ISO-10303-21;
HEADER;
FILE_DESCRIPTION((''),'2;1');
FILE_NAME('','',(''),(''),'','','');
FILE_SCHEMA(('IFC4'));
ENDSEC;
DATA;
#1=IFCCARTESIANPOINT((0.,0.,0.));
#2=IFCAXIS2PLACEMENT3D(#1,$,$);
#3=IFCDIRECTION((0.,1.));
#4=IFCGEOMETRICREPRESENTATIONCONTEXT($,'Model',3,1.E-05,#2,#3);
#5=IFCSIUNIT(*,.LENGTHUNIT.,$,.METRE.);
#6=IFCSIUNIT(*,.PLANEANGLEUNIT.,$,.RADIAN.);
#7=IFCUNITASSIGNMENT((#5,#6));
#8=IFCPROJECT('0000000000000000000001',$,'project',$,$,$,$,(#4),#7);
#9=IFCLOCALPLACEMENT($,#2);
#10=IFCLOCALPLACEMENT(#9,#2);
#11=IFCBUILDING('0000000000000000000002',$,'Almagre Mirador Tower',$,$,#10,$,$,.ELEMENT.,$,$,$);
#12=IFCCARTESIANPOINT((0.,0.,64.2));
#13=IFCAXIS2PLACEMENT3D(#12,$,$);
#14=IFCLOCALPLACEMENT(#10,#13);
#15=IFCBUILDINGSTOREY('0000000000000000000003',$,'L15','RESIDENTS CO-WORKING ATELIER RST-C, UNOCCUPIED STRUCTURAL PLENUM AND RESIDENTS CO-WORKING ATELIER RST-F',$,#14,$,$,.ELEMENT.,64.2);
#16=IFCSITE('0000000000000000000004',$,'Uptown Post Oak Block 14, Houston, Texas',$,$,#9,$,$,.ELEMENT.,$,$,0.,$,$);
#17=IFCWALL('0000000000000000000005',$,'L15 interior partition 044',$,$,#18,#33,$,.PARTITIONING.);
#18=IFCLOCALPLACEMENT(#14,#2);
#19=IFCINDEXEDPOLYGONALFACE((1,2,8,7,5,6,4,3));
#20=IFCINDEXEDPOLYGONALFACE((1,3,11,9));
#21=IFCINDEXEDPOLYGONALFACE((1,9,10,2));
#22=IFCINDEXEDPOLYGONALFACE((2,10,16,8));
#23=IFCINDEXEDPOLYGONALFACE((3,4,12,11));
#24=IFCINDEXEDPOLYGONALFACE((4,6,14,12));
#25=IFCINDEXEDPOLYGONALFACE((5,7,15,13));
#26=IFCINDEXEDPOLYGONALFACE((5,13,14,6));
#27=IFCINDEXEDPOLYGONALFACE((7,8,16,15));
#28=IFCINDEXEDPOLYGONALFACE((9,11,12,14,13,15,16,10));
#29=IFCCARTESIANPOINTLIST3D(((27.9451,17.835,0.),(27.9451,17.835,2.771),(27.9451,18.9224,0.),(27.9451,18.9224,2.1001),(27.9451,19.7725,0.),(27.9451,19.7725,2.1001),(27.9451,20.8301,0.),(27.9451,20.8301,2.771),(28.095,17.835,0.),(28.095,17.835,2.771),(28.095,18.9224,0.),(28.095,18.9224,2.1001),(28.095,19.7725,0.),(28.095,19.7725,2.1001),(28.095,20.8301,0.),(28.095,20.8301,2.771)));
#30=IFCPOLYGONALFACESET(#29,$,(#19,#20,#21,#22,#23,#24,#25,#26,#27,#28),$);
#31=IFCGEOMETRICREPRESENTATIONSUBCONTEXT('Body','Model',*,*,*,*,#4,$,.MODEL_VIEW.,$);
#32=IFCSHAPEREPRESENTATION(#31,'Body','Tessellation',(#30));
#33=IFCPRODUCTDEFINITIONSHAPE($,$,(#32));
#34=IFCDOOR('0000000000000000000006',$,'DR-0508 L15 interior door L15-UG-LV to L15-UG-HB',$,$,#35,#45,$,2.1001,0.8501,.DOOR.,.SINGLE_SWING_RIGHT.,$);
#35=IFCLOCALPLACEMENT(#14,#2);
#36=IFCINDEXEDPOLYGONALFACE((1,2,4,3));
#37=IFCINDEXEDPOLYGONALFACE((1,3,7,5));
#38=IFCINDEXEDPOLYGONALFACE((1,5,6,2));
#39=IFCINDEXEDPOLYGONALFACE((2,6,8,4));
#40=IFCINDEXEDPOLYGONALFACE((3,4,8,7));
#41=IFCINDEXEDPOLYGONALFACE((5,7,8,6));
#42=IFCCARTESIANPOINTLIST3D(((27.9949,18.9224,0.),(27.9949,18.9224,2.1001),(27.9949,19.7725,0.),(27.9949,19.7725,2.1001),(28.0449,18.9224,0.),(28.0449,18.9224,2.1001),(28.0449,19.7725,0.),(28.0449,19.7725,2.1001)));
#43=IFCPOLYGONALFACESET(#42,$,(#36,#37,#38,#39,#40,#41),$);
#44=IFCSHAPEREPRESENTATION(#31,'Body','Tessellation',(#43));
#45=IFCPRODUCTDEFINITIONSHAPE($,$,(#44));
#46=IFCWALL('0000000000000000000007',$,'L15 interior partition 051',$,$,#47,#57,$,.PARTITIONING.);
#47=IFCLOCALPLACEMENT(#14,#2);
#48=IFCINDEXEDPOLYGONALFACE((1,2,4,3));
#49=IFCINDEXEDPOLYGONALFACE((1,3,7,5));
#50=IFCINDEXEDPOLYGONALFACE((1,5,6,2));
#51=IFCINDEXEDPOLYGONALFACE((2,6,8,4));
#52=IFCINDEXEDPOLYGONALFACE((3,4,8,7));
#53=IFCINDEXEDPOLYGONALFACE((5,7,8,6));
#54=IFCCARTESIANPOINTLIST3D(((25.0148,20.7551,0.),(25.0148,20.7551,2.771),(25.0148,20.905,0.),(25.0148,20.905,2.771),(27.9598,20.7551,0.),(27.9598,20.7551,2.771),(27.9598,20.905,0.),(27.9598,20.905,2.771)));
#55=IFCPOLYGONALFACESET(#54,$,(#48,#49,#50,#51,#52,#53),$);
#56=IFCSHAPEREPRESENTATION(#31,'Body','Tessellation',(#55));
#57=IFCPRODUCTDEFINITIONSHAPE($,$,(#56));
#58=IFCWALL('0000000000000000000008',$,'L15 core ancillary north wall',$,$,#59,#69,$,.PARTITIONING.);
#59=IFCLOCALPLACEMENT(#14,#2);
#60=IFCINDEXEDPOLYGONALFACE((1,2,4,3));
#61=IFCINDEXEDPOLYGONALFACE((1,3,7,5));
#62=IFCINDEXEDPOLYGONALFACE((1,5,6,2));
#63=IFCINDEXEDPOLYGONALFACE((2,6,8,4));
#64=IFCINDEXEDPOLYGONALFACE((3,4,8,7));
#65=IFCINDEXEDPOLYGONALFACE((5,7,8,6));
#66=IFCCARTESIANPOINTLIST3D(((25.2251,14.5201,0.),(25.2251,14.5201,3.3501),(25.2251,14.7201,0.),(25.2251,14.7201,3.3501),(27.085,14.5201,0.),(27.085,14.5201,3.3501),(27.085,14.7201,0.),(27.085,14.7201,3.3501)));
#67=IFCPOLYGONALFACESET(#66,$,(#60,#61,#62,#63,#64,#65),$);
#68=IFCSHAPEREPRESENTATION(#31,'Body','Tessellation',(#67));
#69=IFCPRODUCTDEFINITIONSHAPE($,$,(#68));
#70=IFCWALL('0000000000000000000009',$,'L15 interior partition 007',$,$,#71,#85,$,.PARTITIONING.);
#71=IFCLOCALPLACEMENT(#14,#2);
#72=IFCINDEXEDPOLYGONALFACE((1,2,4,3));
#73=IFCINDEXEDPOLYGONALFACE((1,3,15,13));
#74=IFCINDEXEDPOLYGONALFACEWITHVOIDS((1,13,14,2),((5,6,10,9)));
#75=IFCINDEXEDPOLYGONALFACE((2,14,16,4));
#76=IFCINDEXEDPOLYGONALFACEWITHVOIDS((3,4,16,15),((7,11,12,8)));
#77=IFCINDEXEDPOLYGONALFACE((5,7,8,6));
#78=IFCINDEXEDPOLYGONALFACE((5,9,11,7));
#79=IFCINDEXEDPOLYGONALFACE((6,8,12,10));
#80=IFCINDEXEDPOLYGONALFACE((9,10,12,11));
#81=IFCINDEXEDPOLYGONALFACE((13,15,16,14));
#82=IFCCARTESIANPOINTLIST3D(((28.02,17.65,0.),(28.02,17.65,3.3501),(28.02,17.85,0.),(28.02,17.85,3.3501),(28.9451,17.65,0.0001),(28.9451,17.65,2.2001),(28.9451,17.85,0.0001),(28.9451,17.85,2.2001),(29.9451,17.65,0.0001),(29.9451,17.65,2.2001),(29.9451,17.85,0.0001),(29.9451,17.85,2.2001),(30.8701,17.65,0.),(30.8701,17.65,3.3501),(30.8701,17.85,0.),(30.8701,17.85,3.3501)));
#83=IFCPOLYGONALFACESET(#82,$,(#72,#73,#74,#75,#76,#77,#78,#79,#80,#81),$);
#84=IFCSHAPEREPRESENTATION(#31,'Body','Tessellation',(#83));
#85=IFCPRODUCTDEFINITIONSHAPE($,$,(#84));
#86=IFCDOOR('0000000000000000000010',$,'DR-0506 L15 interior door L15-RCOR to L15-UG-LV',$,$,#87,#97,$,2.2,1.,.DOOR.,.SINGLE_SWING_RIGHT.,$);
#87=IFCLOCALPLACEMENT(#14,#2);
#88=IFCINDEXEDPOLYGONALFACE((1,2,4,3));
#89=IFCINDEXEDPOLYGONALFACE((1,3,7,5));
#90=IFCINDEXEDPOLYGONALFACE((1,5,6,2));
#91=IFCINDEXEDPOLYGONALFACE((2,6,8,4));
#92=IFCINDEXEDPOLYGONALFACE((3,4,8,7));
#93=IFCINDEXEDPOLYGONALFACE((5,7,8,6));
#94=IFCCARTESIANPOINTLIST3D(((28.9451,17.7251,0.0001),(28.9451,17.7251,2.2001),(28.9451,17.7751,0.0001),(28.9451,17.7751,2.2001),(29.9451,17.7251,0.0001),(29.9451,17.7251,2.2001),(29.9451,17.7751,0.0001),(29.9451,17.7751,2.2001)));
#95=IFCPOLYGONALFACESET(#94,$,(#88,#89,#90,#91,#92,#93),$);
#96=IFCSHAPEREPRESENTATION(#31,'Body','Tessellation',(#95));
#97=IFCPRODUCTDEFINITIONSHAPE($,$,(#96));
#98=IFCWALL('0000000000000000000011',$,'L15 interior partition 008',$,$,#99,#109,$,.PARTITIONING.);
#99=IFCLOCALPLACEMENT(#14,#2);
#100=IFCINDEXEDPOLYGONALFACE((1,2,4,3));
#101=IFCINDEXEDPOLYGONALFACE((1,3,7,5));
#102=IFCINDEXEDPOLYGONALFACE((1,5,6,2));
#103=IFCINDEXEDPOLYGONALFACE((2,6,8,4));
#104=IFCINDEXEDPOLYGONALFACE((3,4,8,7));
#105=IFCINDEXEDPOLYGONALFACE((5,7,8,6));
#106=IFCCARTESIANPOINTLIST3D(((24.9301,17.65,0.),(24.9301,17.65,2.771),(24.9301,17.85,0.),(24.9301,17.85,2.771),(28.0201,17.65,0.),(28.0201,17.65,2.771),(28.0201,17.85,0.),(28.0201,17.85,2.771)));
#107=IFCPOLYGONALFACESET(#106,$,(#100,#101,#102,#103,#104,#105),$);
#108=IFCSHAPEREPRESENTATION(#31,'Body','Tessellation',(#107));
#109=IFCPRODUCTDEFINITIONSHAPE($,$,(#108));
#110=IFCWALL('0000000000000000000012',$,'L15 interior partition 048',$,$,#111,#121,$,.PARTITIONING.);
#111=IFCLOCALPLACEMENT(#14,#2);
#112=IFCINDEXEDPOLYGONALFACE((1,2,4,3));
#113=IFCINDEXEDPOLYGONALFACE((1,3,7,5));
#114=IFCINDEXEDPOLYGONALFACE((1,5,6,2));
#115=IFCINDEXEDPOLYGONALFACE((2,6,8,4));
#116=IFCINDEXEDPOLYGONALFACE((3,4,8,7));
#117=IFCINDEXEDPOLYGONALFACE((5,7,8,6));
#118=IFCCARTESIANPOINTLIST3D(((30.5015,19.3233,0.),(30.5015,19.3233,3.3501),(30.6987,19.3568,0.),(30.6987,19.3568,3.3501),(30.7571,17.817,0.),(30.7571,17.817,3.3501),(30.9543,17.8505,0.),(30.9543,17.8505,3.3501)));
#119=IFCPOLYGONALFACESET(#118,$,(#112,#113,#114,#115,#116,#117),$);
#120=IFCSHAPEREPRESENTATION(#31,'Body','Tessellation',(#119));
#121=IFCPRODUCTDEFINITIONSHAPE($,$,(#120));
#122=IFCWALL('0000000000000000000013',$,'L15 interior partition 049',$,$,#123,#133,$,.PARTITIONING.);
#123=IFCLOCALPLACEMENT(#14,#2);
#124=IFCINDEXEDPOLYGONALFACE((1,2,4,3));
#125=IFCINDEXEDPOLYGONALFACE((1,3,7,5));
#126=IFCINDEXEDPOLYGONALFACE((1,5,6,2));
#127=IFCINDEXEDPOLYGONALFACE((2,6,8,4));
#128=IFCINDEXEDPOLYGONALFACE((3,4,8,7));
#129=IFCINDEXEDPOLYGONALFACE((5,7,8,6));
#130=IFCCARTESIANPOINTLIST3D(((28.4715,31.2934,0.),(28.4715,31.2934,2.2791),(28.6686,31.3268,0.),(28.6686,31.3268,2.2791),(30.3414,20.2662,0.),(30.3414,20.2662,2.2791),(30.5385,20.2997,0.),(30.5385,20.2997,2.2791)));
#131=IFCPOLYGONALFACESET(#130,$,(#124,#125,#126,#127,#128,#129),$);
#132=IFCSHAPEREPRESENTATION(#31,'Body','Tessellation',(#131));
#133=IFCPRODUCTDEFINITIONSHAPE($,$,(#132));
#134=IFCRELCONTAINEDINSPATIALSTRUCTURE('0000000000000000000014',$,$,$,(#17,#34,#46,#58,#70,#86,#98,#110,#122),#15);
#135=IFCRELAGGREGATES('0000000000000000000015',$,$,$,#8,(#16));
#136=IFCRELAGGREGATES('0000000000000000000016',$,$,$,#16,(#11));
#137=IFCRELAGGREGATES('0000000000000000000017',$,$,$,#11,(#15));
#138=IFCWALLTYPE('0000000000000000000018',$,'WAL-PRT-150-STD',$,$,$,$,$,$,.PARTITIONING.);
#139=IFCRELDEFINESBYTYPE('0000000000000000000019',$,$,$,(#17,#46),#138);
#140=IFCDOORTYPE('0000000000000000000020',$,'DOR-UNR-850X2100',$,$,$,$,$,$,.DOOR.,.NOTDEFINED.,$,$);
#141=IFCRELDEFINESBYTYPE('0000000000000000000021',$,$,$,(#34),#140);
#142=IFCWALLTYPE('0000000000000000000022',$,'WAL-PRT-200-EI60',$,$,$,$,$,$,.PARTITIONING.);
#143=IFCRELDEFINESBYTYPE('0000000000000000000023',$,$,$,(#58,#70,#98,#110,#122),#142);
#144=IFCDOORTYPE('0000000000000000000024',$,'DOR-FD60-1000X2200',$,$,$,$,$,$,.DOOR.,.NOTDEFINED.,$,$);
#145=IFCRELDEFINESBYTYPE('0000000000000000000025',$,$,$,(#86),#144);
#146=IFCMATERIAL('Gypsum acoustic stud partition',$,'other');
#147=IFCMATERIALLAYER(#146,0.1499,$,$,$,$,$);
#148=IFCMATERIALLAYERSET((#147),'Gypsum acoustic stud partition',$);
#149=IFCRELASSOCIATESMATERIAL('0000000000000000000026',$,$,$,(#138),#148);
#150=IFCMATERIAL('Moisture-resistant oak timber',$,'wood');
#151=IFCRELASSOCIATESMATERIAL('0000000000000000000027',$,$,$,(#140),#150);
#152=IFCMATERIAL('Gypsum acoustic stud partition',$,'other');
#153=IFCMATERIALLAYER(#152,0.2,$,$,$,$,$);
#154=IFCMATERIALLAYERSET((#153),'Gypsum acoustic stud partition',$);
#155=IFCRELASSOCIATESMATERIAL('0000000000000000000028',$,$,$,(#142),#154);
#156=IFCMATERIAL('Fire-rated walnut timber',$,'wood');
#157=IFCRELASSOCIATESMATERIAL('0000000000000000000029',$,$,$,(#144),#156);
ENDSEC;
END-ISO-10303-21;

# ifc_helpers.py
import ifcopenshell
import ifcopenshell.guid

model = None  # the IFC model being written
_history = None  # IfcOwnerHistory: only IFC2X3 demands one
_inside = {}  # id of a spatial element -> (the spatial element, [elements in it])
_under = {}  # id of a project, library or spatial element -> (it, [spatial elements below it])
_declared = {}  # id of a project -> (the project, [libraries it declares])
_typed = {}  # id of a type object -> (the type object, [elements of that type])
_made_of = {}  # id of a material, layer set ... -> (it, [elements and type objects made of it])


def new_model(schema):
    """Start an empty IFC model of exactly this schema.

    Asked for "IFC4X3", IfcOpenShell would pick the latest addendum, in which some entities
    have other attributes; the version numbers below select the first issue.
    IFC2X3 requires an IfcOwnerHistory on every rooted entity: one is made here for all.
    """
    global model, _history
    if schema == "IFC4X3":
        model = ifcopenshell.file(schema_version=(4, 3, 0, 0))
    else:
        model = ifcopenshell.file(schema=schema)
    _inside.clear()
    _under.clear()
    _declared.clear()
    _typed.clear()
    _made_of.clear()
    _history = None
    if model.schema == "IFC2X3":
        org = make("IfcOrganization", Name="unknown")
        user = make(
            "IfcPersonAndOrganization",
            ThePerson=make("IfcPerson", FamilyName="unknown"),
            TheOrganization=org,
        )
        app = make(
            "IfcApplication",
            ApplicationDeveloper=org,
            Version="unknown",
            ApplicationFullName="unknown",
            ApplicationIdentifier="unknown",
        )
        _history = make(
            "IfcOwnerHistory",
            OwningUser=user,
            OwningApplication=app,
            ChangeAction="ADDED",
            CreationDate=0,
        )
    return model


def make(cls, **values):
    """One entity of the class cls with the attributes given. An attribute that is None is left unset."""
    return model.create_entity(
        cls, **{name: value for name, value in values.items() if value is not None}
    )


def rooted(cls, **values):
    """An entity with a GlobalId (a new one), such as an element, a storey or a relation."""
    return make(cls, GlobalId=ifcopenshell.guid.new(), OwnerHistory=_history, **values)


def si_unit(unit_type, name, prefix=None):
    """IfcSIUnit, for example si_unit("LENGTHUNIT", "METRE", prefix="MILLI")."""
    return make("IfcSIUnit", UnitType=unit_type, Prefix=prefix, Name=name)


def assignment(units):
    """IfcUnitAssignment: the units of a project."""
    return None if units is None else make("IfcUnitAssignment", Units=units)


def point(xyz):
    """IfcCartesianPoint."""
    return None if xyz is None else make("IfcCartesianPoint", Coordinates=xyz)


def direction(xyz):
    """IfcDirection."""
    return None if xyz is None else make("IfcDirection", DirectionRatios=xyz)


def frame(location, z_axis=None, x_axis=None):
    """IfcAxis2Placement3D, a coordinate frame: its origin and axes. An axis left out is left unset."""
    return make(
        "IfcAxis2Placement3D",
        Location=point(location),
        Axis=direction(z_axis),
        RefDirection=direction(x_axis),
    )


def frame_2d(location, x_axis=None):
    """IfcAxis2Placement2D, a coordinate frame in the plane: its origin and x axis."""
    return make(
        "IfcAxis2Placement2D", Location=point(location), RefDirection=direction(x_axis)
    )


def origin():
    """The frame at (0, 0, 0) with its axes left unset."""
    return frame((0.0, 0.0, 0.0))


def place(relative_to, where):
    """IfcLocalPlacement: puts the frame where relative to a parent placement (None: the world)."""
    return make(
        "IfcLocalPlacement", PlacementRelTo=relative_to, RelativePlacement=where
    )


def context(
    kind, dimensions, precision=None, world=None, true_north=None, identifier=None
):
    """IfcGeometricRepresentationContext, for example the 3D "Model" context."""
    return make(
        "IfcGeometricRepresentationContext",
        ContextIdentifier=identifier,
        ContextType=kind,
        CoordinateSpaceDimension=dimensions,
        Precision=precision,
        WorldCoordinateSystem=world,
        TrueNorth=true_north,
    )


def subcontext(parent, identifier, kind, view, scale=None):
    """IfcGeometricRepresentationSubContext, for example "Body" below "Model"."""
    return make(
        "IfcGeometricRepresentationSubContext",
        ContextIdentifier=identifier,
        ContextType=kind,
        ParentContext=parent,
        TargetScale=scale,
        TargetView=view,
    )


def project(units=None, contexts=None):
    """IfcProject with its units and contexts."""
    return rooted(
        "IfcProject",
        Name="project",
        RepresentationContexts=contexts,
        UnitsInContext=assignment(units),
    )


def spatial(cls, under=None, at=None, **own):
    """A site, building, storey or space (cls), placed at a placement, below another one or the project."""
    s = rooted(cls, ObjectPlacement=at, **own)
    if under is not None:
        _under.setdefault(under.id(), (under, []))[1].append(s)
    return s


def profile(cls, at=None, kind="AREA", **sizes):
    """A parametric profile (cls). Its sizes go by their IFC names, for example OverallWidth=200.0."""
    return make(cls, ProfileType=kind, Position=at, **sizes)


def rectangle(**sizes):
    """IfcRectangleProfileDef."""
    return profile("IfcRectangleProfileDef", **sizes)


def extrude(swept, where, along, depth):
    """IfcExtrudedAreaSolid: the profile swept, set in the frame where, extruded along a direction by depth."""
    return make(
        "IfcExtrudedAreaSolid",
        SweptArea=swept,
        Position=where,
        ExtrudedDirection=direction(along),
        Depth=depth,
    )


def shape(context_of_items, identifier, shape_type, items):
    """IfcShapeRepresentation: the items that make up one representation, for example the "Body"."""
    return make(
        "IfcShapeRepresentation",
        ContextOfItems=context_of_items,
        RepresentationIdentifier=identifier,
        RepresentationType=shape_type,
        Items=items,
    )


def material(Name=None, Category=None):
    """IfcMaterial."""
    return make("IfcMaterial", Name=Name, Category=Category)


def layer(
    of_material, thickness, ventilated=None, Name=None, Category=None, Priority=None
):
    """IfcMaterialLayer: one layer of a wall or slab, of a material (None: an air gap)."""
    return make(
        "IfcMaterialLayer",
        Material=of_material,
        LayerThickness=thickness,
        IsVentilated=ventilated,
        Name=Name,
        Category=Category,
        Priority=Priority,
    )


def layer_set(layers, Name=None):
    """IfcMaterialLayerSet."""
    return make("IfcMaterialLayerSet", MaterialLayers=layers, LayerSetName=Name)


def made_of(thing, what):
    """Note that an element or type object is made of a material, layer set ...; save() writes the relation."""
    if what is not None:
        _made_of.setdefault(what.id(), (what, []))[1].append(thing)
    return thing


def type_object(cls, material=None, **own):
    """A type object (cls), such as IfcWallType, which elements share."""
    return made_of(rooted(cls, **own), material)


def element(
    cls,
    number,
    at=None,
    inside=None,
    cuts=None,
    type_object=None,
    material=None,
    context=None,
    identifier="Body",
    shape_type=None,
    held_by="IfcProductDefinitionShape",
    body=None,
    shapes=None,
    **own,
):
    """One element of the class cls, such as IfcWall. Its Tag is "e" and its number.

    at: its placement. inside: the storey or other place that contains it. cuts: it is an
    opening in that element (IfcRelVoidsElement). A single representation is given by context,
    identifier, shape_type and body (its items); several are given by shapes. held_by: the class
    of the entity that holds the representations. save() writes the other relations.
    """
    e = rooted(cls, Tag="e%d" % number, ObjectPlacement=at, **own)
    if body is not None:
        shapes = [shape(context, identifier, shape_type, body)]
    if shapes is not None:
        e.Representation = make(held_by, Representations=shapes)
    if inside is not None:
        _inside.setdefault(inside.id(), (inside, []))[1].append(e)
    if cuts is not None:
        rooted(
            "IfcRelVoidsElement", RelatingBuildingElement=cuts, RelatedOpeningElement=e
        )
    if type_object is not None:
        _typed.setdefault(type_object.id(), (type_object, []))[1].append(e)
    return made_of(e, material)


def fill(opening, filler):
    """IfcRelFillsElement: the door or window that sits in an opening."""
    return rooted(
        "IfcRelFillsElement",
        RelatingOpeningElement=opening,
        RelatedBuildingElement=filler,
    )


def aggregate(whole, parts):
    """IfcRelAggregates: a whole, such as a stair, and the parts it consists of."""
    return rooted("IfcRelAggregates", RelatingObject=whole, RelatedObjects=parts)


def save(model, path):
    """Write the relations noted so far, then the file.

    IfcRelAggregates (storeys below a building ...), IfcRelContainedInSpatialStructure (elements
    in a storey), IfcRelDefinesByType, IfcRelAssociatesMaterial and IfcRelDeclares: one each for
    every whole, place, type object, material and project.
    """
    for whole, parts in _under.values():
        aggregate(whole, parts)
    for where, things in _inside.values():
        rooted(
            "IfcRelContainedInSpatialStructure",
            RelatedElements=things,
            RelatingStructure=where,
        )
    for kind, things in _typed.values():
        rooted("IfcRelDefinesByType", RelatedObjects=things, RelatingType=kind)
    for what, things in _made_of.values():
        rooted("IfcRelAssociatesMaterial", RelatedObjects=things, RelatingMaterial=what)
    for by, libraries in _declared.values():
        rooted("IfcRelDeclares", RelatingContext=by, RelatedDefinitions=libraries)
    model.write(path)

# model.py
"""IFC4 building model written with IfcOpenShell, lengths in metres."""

from ifc_helpers import new_model, si_unit, direction, frame, frame_2d, origin, place, context, subcontext, project, spatial, rectangle, extrude, material, layer, layer_set, type_object, element, fill, save


model = new_model("IFC4")

# Units and contexts
model_context = context("Model", 3, precision=1e-05, world=origin(), true_north=direction((0.0, 1.0)))
body_context = subcontext(model_context, "Body", "Model", "MODEL_VIEW")
ifc_project = project(units=[si_unit("LENGTHUNIT", "METRE"), si_unit("PLANEANGLEUNIT", "RADIAN")], contexts=[model_context])

# Site, building, storey
site_placement = place(None, origin())
site = spatial("IfcSite", under=ifc_project, at=site_placement, Name="Uptown Post Oak Block 14, Houston, Texas", CompositionType="ELEMENT", RefElevation=0.0)
building_placement = place(site_placement, origin())
building = spatial("IfcBuilding", under=site, at=building_placement, Name="Almagre Mirador Tower", CompositionType="ELEMENT")
storey_placement = place(building_placement, frame((0.0, 0.0, 64.2)))
storey = spatial("IfcBuildingStorey", under=building, at=storey_placement, Name="L15", Description="RESIDENTS CO-WORKING ATELIER RST-C, UNOCCUPIED STRUCTURAL PLENUM AND RESIDENTS CO-WORKING ATELIER RST-F", CompositionType="ELEMENT", Elevation=64.2)

# Wall, opening, door
ifc_material_1 = material(Name="Gypsum acoustic stud partition", Category="other")
ifc_layer_1 = layer(ifc_material_1, 0.1499)
ifc_layer_set_1 = layer_set([ifc_layer_1], Name="Gypsum acoustic stud partition")
wall_type_1 = type_object("IfcWallType", Name="WAL-PRT-150-STD", PredefinedType="PARTITIONING", material=ifc_layer_set_1)
wall_1_placement = place(storey_placement, frame((28.02, 20.8301, 0.0), z_axis=(0.0, 0.0, 1.0), x_axis=(0.0, -1.0, 0.0)))
wall_1 = element("IfcWall", 1, at=wall_1_placement, inside=storey, type_object=wall_type_1, Name="L15 interior partition 044", PredefinedType="PARTITIONING", context=body_context, shape_type="SweptSolid", body=[
    extrude(rectangle(XDim=2.9951, YDim=0.1499, at=frame_2d((1.4976, 0.0))), origin(), (0.0, 0.0, 1.0), 2.771),
])
opening_1_placement = place(wall_1_placement, frame((1.0576, 0.0, 0.0)))
opening_1 = element("IfcOpeningElement", 2, at=opening_1_placement, cuts=wall_1, PredefinedType="OPENING", context=body_context, shape_type="SweptSolid", body=[
    extrude(rectangle(XDim=0.8501, YDim=2.1001, at=frame_2d((0.425, 1.05))), frame((0.0, 0.085, 0.0), z_axis=(0.0, -1.0, 0.0), x_axis=(1.0, 0.0, 0.0)), (0.0, 0.0, 1.0), 0.1699),
])
ifc_material_2 = material(Name="Moisture-resistant oak timber", Category="wood")
door_type_1 = type_object("IfcDoorType", Name="DOR-UNR-850X2100", OperationType="NOTDEFINED", PredefinedType="DOOR", material=ifc_material_2)
door_1_placement = place(opening_1_placement, origin())
door_1 = element("IfcDoor", 3, at=door_1_placement, inside=storey, type_object=door_type_1, Name="DR-0508 L15 interior door L15-UG-LV to L15-UG-HB", OperationType="SINGLE_SWING_RIGHT", OverallHeight=2.1001, OverallWidth=0.8501, PredefinedType="DOOR", context=body_context, shape_type="SweptSolid", body=[
    extrude(rectangle(XDim=0.8501, YDim=2.1001, at=frame_2d((0.425, 1.05))), frame((0.0, 0.0249, 0.0), z_axis=(0.0, -1.0, 0.0), x_axis=(1.0, 0.0, 0.0)), (0.0, 0.0, 1.0), 0.05),
])
fill(opening_1, door_1)

# Walls
wall_2_placement = place(storey_placement, frame((27.96, 20.8301, 0.0), z_axis=(0.0, 0.0, 1.0), x_axis=(-1.0, 0.0, 0.0)))
element("IfcWall", 4, at=wall_2_placement, inside=storey, type_object=wall_type_1, Name="L15 interior partition 051", PredefinedType="PARTITIONING", context=body_context, shape_type="SweptSolid", body=[
    extrude(rectangle(XDim=2.9451, YDim=0.1499, at=frame_2d((1.4727, 0.0))), origin(), (0.0, 0.0, 1.0), 2.771),
])
ifc_material_3 = material(Name="Gypsum acoustic stud partition", Category="other")
ifc_layer_2 = layer(ifc_material_3, 0.2)
ifc_layer_set_2 = layer_set([ifc_layer_2], Name="Gypsum acoustic stud partition")
wall_type_2 = type_object("IfcWallType", Name="WAL-PRT-200-EI60", PredefinedType="PARTITIONING", material=ifc_layer_set_2)
wall_3_placement = place(storey_placement, frame((25.2251, 14.6201, 0.0), z_axis=(0.0, 0.0, 1.0), x_axis=(1.0, 0.0, 0.0)))
element("IfcWall", 5, at=wall_3_placement, inside=storey, type_object=wall_type_2, Name="L15 core ancillary north wall", PredefinedType="PARTITIONING", context=body_context, shape_type="SweptSolid", body=[
    extrude(rectangle(XDim=1.8599, YDim=0.2, at=frame_2d((0.9299, 0.0))), origin(), (0.0, 0.0, 1.0), 3.3501),
])

# Wall, opening, door
wall_4_placement = place(storey_placement, frame((30.8701, 17.75, 0.0), z_axis=(0.0, 0.0, 1.0), x_axis=(-1.0, 0.0, 0.0)))
wall_4 = element("IfcWall", 6, at=wall_4_placement, inside=storey, type_object=wall_type_2, Name="L15 interior partition 007", PredefinedType="PARTITIONING", context=body_context, shape_type="SweptSolid", body=[
    extrude(rectangle(XDim=2.8501, YDim=0.2, at=frame_2d((1.425, 0.0))), origin(), (0.0, 0.0, 1.0), 3.3501),
])
opening_2_placement = place(wall_4_placement, frame((0.925, 0.0, 0.0)))
opening_2 = element("IfcOpeningElement", 7, at=opening_2_placement, cuts=wall_4, PredefinedType="OPENING", context=body_context, shape_type="SweptSolid", body=[
    extrude(rectangle(XDim=1.0, YDim=2.2, at=frame_2d((0.5, 1.1001))), frame((0.0, 0.1101, 0.0), z_axis=(0.0, -1.0, 0.0), x_axis=(1.0, 0.0, 0.0)), (0.0, 0.0, 1.0), 0.22),
])
ifc_material_4 = material(Name="Fire-rated walnut timber", Category="wood")
door_type_2 = type_object("IfcDoorType", Name="DOR-FD60-1000X2200", OperationType="NOTDEFINED", PredefinedType="DOOR", material=ifc_material_4)
door_2_placement = place(opening_2_placement, origin())
door_2 = element("IfcDoor", 8, at=door_2_placement, inside=storey, type_object=door_type_2, Name="DR-0506 L15 interior door L15-RCOR to L15-UG-LV", OperationType="SINGLE_SWING_RIGHT", OverallHeight=2.2, OverallWidth=1.0, PredefinedType="DOOR", context=body_context, shape_type="SweptSolid", body=[
    extrude(rectangle(XDim=1.0, YDim=2.2, at=frame_2d((0.5, 1.1001))), frame((0.0, 0.0249, 0.0), z_axis=(0.0, -1.0, 0.0), x_axis=(1.0, 0.0, 0.0)), (0.0, 0.0, 1.0), 0.05),
])
fill(opening_2, door_2)

# Walls
wall_5_placement = place(storey_placement, frame((28.02, 17.75, 0.0), z_axis=(0.0, 0.0, 1.0), x_axis=(-1.0, 0.0, 0.0)))
element("IfcWall", 9, at=wall_5_placement, inside=storey, type_object=wall_type_2, Name="L15 interior partition 008", PredefinedType="PARTITIONING", context=body_context, shape_type="SweptSolid", body=[
    extrude(rectangle(XDim=3.0901, YDim=0.2, at=frame_2d((1.5449, 0.0))), origin(), (0.0, 0.0, 1.0), 2.771),
])
wall_6_placement = place(storey_placement, frame((30.8557, 17.8337, 0.0), z_axis=(0.0, 0.0, 1.0), x_axis=(-0.1673, 0.985906, 0.0)))
element("IfcWall", 10, at=wall_6_placement, inside=storey, type_object=wall_type_2, Name="L15 interior partition 048", PredefinedType="PARTITIONING", context=body_context, shape_type="SweptSolid", body=[
    extrude(rectangle(XDim=1.5278, YDim=0.2, at=frame_2d((0.7639, 0.0))), origin(), (0.0, 0.0, 1.0), 3.3501),
])
wall_7_placement = place(storey_placement, frame((30.4399, 20.283, 0.0), z_axis=(0.0, 0.0, 1.0), x_axis=(-0.167184, 0.985926, 0.0)))
element("IfcWall", 11, at=wall_7_placement, inside=storey, type_object=wall_type_2, Name="L15 interior partition 049", PredefinedType="PARTITIONING", context=body_context, shape_type="SweptSolid", body=[
    extrude(rectangle(XDim=11.1846, YDim=0.2, at=frame_2d((5.5923, 0.0))), origin(), (0.0, 0.0, 1.0), 2.2791),
])

save(model, "model.ifc")
